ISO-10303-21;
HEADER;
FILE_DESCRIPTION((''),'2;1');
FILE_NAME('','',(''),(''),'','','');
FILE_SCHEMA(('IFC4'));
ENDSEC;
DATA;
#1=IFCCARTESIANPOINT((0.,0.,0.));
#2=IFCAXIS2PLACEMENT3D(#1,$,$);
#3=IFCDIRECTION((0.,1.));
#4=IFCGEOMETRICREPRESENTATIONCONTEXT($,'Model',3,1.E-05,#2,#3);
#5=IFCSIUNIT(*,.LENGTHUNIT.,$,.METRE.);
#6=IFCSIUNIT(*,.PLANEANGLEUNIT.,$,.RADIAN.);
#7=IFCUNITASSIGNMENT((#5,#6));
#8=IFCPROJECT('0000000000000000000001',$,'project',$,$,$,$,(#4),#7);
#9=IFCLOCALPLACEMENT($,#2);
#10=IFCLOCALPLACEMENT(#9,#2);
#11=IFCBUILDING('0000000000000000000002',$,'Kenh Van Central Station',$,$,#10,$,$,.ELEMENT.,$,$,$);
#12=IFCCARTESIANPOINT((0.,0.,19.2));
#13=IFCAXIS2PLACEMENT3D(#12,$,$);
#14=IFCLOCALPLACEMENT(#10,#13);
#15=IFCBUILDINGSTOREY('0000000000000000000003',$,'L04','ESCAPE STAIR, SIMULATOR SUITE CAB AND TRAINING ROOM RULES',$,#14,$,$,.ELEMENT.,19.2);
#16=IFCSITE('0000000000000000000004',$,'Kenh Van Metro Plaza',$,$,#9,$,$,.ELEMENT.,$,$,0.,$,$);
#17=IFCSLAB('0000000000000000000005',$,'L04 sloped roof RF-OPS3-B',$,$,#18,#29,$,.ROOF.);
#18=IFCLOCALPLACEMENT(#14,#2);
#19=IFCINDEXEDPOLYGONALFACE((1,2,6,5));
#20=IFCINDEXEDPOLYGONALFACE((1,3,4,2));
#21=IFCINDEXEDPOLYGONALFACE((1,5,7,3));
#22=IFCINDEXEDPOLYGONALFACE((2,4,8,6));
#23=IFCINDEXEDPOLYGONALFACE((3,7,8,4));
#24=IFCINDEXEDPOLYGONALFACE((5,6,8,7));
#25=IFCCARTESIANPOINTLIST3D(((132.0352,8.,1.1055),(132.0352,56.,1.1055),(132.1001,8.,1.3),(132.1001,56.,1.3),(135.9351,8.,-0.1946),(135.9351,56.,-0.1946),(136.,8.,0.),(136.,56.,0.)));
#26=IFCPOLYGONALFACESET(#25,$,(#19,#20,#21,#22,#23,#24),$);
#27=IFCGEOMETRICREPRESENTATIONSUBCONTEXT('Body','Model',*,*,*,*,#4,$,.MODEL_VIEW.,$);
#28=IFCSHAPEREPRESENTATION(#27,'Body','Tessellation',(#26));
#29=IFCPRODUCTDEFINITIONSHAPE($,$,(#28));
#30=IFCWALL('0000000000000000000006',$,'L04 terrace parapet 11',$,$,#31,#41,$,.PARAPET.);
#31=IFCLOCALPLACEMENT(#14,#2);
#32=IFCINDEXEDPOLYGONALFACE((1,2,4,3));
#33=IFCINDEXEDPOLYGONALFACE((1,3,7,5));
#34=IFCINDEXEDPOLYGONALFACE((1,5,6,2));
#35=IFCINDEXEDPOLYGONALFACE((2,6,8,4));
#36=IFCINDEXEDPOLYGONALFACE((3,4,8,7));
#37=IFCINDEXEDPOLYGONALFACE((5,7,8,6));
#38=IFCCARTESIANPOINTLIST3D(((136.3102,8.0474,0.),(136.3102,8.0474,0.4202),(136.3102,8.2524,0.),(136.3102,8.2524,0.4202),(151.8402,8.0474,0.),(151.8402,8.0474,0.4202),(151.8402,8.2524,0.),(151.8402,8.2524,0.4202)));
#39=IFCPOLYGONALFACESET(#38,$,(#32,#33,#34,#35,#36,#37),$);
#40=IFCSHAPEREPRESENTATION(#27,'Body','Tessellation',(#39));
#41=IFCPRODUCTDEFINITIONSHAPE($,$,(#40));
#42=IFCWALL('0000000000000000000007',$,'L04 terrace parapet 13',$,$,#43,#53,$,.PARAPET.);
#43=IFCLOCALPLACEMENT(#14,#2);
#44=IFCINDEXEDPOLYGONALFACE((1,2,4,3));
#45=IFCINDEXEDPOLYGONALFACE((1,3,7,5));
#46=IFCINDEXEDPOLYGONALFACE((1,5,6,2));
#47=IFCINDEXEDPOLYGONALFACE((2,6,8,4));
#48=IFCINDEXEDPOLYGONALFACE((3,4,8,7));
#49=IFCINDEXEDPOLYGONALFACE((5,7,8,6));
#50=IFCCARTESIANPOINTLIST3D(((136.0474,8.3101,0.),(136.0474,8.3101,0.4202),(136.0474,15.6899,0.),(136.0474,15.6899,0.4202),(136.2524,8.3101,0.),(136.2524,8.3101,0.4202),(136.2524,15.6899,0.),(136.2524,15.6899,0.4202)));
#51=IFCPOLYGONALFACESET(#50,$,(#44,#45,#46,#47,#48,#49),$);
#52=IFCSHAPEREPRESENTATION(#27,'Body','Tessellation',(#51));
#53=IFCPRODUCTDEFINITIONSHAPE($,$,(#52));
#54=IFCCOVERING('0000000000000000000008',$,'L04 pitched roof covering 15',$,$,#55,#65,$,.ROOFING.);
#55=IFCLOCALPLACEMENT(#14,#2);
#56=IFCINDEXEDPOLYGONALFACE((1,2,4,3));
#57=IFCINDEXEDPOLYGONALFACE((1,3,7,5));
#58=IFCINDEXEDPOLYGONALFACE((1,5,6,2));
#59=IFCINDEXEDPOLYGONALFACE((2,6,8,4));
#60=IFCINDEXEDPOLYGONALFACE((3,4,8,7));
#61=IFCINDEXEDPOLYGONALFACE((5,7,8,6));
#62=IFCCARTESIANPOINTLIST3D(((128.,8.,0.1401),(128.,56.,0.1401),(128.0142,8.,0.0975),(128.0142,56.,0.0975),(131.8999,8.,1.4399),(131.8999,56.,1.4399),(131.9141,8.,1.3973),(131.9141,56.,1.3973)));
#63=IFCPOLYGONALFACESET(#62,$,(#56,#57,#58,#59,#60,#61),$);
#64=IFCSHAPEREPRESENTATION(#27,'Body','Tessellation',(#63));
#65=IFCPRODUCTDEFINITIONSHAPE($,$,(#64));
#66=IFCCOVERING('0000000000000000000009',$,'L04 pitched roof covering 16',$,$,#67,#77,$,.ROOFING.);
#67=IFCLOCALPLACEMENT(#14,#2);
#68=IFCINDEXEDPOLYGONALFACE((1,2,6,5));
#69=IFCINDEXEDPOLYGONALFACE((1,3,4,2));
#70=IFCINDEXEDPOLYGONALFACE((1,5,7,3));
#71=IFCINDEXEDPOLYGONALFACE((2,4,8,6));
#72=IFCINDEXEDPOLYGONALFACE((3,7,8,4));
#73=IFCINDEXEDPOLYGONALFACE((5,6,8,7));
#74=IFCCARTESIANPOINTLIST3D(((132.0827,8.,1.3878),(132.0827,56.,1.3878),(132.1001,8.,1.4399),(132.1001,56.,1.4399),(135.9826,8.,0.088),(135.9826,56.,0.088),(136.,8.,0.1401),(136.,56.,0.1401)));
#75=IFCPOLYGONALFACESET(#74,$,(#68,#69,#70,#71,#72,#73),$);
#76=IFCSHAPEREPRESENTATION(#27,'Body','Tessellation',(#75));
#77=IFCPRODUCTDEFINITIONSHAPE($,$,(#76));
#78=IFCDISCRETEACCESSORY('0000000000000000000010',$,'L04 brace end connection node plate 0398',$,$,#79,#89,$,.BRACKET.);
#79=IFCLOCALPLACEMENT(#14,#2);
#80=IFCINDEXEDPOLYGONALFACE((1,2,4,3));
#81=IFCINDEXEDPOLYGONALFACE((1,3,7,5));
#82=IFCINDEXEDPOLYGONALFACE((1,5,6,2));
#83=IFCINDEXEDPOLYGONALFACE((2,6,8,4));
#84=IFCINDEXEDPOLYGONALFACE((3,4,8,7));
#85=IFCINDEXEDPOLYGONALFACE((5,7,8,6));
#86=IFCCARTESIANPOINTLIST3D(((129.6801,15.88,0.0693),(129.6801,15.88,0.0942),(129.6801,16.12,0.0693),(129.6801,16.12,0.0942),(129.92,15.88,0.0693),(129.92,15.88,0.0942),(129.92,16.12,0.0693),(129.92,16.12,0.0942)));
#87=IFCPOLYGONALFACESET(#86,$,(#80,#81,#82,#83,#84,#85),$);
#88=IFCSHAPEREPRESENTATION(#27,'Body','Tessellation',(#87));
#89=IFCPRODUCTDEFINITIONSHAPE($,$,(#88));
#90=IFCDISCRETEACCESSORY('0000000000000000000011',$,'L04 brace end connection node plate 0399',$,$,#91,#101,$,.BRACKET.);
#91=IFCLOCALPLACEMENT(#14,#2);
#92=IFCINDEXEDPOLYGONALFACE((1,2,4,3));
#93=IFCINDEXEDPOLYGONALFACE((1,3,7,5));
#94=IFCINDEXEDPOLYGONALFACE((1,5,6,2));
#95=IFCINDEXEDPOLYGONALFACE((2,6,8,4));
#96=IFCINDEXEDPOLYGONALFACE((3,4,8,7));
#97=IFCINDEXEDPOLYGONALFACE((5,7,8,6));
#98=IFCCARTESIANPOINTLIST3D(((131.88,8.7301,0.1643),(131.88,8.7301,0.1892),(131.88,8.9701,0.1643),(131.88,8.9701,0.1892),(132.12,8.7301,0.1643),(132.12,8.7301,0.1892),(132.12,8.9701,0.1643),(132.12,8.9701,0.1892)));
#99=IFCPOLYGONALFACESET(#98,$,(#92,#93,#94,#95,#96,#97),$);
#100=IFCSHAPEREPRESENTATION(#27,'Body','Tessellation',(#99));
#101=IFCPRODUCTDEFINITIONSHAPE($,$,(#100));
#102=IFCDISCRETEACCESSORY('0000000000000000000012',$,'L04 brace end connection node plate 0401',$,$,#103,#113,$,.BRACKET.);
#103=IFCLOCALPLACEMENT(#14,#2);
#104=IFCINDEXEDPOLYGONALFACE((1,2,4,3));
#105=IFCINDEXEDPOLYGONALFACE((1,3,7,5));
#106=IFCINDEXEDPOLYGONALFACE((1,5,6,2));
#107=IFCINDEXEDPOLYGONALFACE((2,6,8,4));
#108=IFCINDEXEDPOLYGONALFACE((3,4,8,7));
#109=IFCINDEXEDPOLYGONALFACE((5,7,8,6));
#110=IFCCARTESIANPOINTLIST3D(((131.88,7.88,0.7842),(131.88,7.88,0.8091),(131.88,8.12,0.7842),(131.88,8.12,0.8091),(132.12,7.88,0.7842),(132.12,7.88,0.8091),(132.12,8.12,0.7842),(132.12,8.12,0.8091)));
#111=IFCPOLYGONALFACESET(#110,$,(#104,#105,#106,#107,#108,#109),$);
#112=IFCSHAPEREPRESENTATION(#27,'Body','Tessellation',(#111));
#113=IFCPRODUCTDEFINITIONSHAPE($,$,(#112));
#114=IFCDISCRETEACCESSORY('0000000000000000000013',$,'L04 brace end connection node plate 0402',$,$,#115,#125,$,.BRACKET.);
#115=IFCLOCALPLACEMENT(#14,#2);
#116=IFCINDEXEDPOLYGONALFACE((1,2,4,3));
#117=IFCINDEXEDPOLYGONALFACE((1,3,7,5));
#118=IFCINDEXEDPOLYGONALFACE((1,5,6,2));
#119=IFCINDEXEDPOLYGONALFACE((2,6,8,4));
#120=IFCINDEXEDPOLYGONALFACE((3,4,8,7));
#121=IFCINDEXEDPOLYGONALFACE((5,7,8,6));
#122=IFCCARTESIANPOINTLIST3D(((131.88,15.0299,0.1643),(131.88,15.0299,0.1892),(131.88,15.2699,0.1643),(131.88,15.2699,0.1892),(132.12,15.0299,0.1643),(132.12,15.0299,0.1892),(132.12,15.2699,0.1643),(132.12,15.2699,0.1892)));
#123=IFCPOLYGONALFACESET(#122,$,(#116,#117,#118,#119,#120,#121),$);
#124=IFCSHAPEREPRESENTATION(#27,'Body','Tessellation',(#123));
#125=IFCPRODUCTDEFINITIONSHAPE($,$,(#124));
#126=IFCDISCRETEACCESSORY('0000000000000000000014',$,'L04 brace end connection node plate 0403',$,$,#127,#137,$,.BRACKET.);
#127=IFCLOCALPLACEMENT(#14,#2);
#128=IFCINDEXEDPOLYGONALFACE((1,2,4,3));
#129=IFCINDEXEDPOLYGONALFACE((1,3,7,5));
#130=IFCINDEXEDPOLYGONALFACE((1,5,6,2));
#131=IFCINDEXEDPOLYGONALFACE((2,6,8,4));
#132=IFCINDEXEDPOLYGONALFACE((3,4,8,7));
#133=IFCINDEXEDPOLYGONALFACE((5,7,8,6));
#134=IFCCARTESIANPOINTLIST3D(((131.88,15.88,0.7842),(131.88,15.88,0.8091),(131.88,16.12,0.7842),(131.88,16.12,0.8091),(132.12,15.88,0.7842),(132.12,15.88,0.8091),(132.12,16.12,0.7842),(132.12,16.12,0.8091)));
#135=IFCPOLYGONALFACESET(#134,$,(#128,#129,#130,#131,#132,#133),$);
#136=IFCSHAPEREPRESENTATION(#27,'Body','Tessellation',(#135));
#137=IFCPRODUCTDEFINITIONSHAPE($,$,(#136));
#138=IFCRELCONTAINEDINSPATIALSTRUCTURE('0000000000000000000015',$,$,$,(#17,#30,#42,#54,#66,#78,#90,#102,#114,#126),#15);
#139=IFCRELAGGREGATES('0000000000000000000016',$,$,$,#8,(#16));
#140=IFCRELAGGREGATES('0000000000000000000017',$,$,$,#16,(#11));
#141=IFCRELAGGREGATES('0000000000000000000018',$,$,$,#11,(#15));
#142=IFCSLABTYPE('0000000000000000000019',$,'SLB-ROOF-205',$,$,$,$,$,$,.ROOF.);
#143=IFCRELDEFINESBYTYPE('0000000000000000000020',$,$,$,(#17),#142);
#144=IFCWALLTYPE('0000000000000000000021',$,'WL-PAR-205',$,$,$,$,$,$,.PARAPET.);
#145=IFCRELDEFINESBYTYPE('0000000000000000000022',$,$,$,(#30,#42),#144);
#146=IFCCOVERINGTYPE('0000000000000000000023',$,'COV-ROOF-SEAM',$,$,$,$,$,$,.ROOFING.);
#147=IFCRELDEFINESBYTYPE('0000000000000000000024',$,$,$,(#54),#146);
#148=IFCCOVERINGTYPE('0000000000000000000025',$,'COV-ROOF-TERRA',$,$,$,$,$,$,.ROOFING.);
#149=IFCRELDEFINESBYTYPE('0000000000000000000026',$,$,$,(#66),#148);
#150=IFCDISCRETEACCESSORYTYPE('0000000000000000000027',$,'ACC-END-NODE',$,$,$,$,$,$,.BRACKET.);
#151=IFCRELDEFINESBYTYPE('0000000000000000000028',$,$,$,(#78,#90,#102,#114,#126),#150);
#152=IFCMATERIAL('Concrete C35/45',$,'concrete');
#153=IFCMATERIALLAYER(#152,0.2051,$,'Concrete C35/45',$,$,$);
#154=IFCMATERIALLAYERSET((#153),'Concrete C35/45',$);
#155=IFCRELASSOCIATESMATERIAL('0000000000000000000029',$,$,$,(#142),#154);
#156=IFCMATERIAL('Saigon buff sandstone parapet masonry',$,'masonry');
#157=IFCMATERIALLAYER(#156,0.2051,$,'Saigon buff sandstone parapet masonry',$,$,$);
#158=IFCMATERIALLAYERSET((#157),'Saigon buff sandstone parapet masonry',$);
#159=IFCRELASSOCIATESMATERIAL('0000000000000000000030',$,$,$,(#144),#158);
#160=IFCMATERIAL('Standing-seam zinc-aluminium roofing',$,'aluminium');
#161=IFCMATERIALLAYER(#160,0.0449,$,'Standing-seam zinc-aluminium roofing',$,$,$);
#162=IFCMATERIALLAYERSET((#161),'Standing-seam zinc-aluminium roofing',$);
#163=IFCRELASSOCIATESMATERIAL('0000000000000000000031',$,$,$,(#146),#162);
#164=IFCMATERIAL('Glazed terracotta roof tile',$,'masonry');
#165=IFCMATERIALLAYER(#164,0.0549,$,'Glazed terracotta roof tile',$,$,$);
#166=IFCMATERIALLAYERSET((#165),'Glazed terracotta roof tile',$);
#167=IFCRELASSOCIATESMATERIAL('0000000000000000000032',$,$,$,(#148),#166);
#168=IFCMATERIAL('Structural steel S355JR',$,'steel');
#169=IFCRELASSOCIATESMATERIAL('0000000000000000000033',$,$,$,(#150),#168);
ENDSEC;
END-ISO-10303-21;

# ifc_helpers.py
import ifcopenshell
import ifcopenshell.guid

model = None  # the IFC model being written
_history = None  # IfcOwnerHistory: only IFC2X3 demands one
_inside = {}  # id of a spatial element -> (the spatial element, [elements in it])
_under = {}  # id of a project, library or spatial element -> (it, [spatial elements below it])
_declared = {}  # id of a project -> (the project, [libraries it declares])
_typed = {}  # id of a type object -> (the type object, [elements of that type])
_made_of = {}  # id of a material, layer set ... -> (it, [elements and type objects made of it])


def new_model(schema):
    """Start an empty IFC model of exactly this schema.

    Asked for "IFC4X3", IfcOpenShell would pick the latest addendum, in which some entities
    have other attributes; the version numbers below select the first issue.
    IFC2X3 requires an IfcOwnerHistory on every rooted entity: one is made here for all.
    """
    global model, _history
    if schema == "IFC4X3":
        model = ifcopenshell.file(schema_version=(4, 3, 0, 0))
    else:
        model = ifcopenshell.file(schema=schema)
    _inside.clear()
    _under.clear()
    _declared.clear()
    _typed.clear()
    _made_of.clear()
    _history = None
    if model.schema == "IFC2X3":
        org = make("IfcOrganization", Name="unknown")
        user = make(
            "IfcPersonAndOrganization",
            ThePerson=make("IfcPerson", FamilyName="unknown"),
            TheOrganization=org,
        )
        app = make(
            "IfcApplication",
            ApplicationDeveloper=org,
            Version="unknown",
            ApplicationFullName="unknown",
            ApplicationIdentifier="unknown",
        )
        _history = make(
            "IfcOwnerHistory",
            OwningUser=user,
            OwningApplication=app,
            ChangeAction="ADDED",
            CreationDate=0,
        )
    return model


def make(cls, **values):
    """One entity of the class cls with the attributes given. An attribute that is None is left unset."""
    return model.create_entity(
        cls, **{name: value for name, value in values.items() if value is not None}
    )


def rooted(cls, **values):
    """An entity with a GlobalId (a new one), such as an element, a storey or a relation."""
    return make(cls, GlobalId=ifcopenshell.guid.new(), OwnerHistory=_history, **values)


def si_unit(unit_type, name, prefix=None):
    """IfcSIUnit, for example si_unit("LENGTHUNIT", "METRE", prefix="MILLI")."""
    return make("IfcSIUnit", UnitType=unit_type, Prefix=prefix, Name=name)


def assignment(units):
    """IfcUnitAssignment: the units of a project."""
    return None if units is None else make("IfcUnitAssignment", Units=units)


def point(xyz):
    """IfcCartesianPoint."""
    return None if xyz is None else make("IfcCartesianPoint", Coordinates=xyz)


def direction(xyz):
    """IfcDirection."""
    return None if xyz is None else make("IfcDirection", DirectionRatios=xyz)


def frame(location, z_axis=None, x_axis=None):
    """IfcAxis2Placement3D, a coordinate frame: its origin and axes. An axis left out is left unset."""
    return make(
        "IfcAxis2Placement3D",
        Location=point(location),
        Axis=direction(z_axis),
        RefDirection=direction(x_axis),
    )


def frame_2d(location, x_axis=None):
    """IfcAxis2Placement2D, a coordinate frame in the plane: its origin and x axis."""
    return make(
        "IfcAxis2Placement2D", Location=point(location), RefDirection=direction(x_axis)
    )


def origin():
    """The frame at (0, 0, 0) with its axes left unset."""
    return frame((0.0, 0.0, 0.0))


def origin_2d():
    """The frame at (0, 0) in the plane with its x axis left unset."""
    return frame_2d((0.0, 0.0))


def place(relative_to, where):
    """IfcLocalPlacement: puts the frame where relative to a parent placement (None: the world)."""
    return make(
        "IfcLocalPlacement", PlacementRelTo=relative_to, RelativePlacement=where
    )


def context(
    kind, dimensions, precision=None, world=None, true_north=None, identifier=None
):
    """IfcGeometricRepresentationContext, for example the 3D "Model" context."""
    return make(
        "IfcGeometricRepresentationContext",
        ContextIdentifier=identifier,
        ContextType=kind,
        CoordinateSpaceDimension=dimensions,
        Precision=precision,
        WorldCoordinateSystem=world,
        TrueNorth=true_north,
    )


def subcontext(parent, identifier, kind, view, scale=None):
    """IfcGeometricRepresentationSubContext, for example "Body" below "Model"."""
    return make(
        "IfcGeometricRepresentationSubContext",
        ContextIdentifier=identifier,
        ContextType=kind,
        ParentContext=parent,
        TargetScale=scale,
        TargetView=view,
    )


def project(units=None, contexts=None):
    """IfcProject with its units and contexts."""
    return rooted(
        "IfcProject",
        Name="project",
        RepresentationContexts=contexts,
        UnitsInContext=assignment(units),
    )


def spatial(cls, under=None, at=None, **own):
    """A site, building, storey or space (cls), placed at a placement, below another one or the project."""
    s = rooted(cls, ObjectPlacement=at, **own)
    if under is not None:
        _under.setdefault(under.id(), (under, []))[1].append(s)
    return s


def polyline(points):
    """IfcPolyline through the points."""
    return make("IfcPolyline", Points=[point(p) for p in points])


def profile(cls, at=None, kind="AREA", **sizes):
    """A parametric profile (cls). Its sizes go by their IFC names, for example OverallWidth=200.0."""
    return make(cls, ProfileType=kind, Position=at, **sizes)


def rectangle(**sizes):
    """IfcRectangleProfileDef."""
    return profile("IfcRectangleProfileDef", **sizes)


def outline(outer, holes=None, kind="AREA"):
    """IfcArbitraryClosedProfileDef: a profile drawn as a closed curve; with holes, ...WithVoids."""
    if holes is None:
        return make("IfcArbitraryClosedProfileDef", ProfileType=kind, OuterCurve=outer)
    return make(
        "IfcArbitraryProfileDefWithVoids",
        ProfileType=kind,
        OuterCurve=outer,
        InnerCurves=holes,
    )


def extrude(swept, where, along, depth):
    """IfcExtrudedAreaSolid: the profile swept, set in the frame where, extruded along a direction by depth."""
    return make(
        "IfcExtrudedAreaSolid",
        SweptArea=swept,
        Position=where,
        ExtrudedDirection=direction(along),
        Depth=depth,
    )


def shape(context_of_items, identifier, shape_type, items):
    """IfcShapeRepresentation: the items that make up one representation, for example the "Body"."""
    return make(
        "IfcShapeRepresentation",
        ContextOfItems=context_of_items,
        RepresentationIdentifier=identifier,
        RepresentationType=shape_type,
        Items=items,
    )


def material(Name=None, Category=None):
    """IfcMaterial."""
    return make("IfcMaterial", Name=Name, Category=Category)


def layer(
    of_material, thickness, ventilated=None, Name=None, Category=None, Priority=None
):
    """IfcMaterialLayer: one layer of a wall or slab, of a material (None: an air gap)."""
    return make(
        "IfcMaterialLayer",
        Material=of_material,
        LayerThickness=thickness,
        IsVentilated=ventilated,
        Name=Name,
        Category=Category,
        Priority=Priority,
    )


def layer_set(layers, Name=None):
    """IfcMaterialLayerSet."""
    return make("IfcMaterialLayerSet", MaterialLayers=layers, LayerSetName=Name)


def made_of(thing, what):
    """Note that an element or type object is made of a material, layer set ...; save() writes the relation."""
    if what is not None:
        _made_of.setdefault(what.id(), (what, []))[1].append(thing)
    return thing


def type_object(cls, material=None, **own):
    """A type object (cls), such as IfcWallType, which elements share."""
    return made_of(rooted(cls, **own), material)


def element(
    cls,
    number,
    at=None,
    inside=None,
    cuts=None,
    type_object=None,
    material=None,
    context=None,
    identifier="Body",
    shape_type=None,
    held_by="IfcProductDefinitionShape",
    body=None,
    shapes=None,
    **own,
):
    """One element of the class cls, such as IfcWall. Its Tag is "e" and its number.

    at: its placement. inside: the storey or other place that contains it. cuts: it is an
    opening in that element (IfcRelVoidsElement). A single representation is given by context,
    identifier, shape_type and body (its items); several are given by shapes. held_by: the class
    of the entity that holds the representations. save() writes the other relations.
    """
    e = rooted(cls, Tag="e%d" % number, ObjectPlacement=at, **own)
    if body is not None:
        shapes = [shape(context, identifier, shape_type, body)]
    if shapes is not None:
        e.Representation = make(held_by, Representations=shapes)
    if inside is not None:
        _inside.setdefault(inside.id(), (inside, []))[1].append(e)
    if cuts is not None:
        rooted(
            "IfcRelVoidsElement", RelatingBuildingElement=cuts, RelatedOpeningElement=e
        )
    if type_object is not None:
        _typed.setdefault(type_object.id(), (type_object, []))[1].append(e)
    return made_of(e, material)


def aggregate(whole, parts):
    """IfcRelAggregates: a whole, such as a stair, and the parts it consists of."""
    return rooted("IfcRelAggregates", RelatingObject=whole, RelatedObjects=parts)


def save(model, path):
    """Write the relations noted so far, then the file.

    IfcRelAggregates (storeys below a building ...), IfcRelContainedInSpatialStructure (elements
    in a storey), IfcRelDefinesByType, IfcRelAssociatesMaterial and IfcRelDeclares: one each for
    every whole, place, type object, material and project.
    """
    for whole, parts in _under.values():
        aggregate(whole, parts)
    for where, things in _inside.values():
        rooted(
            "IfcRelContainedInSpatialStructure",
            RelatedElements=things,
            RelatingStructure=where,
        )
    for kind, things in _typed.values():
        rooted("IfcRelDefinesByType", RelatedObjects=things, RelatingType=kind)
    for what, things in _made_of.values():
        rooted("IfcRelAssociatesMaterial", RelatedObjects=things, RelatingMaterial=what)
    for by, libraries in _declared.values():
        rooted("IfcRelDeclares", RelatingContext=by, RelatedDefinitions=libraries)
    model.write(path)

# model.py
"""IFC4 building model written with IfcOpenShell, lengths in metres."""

from ifc_helpers import new_model, si_unit, direction, frame, frame_2d, origin, origin_2d, place, context, subcontext, project, spatial, polyline, rectangle, outline, extrude, material, layer, layer_set, type_object, element, save


model = new_model("IFC4")

# Units and contexts
model_context = context("Model", 3, precision=1e-05, world=origin(), true_north=direction((0.0, 1.0)))
body_context = subcontext(model_context, "Body", "Model", "MODEL_VIEW")
ifc_project = project(units=[si_unit("LENGTHUNIT", "METRE"), si_unit("PLANEANGLEUNIT", "RADIAN")], contexts=[model_context])

# Site, building, storey
site_placement = place(None, origin())
site = spatial("IfcSite", under=ifc_project, at=site_placement, Name="Kenh Van Metro Plaza", CompositionType="ELEMENT", RefElevation=0.0)
building_placement = place(site_placement, origin())
building = spatial("IfcBuilding", under=site, at=building_placement, Name="Kenh Van Central Station", CompositionType="ELEMENT")
storey_placement = place(building_placement, frame((0.0, 0.0, 19.2)))
storey = spatial("IfcBuildingStorey", under=building, at=storey_placement, Name="L04", Description="ESCAPE STAIR, SIMULATOR SUITE CAB AND TRAINING ROOM RULES", CompositionType="ELEMENT", Elevation=19.2)

# Shared definitions
ifc_material_1 = material(Name="Concrete C35/45", Category="concrete")

# Slab
ifc_layer_1 = layer(ifc_material_1, 0.2051, Name="Concrete C35/45")
ifc_layer_set_1 = layer_set([ifc_layer_1], Name="Concrete C35/45")
slab_type = type_object("IfcSlabType", Name="SLB-ROOF-205", PredefinedType="ROOF", material=ifc_layer_set_1)
for number, where, z_axis, x_axis, name in (
    (1, (132.1001, 8.0, 1.3), (0.316246, 0.0, 0.948677), (0.948677, 0.0, -0.316246), "L04 sloped roof RF-OPS3-B"),
):
    element("IfcSlab", number, at=place(storey_placement, frame(where, z_axis=z_axis, x_axis=x_axis)), inside=storey, type_object=slab_type, Name=name, PredefinedType="ROOF", context=body_context, shape_type="SweptSolid", body=[
        extrude(outline(polyline([(0.0, 0.0), (4.1109, 0.0), (4.1109, 48.0), (0.0, 48.0), (0.0, 0.0)])), origin(), (0.0, 0.0, -1.0), 0.2051),
    ])

# Walls
ifc_material_2 = material(Name="Saigon buff sandstone parapet masonry", Category="masonry")
ifc_layer_2 = layer(ifc_material_2, 0.2051, Name="Saigon buff sandstone parapet masonry")
ifc_layer_set_2 = layer_set([ifc_layer_2], Name="Saigon buff sandstone parapet masonry")
wall_type = type_object("IfcWallType", Name="WL-PAR-205", PredefinedType="PARAPET", material=ifc_layer_set_2)
wall_1_placement = place(storey_placement, frame((136.3101, 8.1499, 0.0), z_axis=(0.0, 0.0, 1.0), x_axis=(1.0, 0.0, 0.0)))
element("IfcWall", 2, at=wall_1_placement, inside=storey, type_object=wall_type, Name="L04 terrace parapet 11", PredefinedType="PARAPET", context=body_context, shape_type="SweptSolid", body=[
    extrude(rectangle(XDim=15.53, YDim=0.2051, at=frame_2d((7.7651, 0.0))), origin(), (0.0, 0.0, 1.0), 0.4202),
])
wall_2_placement = place(storey_placement, frame((136.1499, 8.3101, 0.0), z_axis=(0.0, 0.0, 1.0), x_axis=(0.0, 1.0, 0.0)))
element("IfcWall", 3, at=wall_2_placement, inside=storey, type_object=wall_type, Name="L04 terrace parapet 13", PredefinedType="PARAPET", context=body_context, shape_type="SweptSolid", body=[
    extrude(rectangle(XDim=7.3799, YDim=0.2051, at=frame_2d((3.6899, 0.0))), origin(), (0.0, 0.0, 1.0), 0.4202),
])

# Coverings
ifc_material_3 = material(Name="Standing-seam zinc-aluminium roofing", Category="aluminium")
ifc_layer_3 = layer(ifc_material_3, 0.0449, Name="Standing-seam zinc-aluminium roofing")
ifc_layer_set_3 = layer_set([ifc_layer_3], Name="Standing-seam zinc-aluminium roofing")
covering_type_1 = type_object("IfcCoveringType", Name="COV-ROOF-SEAM", PredefinedType="ROOFING", material=ifc_layer_set_3)
covering_1_placement = place(storey_placement, frame((128.0, 8.0, 0.1401), z_axis=(-0.316192, 0.0, 0.948695), x_axis=(0.948695, 0.0, 0.316192)))
element("IfcCovering", 4, at=covering_1_placement, inside=storey, type_object=covering_type_1, Name="L04 pitched roof covering 15", PredefinedType="ROOFING", context=body_context, shape_type="SweptSolid", body=[
    extrude(outline(polyline([(0.0, 0.0), (4.1108, 0.0), (4.1108, 48.0), (0.0, 48.0), (0.0, 0.0)])), origin(), (0.0, 0.0, -1.0), 0.0449),
])
ifc_material_4 = material(Name="Glazed terracotta roof tile", Category="masonry")
ifc_layer_4 = layer(ifc_material_4, 0.0549, Name="Glazed terracotta roof tile")
ifc_layer_set_4 = layer_set([ifc_layer_4], Name="Glazed terracotta roof tile")
covering_type_2 = type_object("IfcCoveringType", Name="COV-ROOF-TERRA", PredefinedType="ROOFING", material=ifc_layer_set_4)
covering_2_placement = place(storey_placement, frame((132.1001, 8.0, 1.4399), z_axis=(0.316192, 0.0, 0.948695), x_axis=(0.948695, 0.0, -0.316192)))
element("IfcCovering", 5, at=covering_2_placement, inside=storey, type_object=covering_type_2, Name="L04 pitched roof covering 16", PredefinedType="ROOFING", context=body_context, shape_type="SweptSolid", body=[
    extrude(outline(polyline([(0.0, 0.0), (4.1108, 0.0), (4.1108, 48.0), (0.0, 48.0), (0.0, 0.0)])), origin(), (0.0, 0.0, -1.0), 0.0549),
])

# Discrete accessories
ifc_material_5 = material(Name="Structural steel S355JR", Category="steel")
discrete_accessory_type = type_object("IfcDiscreteAccessoryType", Name="ACC-END-NODE", PredefinedType="BRACKET", material=ifc_material_5)
for number, where, z_axis, x_axis, name in (
    (6, (129.8, 16.0, 0.0693), (0.0, 0.0, 1.0), (1.0, 0.0, 0.0), "L04 brace end connection node plate 0398"),
    (7, (132.0, 8.8501, 0.1643), (0.0, 0.0, 1.0), (1.0, 0.0, 0.0), "L04 brace end connection node plate 0399"),
    (8, (132.0, 8.0, 0.7842), (0.0, 0.0, 1.0), (1.0, 0.0, 0.0), "L04 brace end connection node plate 0401"),
    (9, (132.0, 15.1499, 0.1643), (0.0, 0.0, 1.0), (1.0, 0.0, 0.0), "L04 brace end connection node plate 0402"),
    (10, (132.0, 16.0, 0.7842), (0.0, 0.0, 1.0), (1.0, 0.0, 0.0), "L04 brace end connection node plate 0403"),
):
    element("IfcDiscreteAccessory", number, at=place(storey_placement, frame(where, z_axis=z_axis, x_axis=x_axis)), inside=storey, type_object=discrete_accessory_type, Name=name, PredefinedType="BRACKET", context=body_context, shape_type="SweptSolid", body=[
        extrude(rectangle(XDim=0.24, YDim=0.24, at=origin_2d()), origin(), (0.0, 0.0, 1.0), 0.0249),
    ])

save(model, "model.ifc")
